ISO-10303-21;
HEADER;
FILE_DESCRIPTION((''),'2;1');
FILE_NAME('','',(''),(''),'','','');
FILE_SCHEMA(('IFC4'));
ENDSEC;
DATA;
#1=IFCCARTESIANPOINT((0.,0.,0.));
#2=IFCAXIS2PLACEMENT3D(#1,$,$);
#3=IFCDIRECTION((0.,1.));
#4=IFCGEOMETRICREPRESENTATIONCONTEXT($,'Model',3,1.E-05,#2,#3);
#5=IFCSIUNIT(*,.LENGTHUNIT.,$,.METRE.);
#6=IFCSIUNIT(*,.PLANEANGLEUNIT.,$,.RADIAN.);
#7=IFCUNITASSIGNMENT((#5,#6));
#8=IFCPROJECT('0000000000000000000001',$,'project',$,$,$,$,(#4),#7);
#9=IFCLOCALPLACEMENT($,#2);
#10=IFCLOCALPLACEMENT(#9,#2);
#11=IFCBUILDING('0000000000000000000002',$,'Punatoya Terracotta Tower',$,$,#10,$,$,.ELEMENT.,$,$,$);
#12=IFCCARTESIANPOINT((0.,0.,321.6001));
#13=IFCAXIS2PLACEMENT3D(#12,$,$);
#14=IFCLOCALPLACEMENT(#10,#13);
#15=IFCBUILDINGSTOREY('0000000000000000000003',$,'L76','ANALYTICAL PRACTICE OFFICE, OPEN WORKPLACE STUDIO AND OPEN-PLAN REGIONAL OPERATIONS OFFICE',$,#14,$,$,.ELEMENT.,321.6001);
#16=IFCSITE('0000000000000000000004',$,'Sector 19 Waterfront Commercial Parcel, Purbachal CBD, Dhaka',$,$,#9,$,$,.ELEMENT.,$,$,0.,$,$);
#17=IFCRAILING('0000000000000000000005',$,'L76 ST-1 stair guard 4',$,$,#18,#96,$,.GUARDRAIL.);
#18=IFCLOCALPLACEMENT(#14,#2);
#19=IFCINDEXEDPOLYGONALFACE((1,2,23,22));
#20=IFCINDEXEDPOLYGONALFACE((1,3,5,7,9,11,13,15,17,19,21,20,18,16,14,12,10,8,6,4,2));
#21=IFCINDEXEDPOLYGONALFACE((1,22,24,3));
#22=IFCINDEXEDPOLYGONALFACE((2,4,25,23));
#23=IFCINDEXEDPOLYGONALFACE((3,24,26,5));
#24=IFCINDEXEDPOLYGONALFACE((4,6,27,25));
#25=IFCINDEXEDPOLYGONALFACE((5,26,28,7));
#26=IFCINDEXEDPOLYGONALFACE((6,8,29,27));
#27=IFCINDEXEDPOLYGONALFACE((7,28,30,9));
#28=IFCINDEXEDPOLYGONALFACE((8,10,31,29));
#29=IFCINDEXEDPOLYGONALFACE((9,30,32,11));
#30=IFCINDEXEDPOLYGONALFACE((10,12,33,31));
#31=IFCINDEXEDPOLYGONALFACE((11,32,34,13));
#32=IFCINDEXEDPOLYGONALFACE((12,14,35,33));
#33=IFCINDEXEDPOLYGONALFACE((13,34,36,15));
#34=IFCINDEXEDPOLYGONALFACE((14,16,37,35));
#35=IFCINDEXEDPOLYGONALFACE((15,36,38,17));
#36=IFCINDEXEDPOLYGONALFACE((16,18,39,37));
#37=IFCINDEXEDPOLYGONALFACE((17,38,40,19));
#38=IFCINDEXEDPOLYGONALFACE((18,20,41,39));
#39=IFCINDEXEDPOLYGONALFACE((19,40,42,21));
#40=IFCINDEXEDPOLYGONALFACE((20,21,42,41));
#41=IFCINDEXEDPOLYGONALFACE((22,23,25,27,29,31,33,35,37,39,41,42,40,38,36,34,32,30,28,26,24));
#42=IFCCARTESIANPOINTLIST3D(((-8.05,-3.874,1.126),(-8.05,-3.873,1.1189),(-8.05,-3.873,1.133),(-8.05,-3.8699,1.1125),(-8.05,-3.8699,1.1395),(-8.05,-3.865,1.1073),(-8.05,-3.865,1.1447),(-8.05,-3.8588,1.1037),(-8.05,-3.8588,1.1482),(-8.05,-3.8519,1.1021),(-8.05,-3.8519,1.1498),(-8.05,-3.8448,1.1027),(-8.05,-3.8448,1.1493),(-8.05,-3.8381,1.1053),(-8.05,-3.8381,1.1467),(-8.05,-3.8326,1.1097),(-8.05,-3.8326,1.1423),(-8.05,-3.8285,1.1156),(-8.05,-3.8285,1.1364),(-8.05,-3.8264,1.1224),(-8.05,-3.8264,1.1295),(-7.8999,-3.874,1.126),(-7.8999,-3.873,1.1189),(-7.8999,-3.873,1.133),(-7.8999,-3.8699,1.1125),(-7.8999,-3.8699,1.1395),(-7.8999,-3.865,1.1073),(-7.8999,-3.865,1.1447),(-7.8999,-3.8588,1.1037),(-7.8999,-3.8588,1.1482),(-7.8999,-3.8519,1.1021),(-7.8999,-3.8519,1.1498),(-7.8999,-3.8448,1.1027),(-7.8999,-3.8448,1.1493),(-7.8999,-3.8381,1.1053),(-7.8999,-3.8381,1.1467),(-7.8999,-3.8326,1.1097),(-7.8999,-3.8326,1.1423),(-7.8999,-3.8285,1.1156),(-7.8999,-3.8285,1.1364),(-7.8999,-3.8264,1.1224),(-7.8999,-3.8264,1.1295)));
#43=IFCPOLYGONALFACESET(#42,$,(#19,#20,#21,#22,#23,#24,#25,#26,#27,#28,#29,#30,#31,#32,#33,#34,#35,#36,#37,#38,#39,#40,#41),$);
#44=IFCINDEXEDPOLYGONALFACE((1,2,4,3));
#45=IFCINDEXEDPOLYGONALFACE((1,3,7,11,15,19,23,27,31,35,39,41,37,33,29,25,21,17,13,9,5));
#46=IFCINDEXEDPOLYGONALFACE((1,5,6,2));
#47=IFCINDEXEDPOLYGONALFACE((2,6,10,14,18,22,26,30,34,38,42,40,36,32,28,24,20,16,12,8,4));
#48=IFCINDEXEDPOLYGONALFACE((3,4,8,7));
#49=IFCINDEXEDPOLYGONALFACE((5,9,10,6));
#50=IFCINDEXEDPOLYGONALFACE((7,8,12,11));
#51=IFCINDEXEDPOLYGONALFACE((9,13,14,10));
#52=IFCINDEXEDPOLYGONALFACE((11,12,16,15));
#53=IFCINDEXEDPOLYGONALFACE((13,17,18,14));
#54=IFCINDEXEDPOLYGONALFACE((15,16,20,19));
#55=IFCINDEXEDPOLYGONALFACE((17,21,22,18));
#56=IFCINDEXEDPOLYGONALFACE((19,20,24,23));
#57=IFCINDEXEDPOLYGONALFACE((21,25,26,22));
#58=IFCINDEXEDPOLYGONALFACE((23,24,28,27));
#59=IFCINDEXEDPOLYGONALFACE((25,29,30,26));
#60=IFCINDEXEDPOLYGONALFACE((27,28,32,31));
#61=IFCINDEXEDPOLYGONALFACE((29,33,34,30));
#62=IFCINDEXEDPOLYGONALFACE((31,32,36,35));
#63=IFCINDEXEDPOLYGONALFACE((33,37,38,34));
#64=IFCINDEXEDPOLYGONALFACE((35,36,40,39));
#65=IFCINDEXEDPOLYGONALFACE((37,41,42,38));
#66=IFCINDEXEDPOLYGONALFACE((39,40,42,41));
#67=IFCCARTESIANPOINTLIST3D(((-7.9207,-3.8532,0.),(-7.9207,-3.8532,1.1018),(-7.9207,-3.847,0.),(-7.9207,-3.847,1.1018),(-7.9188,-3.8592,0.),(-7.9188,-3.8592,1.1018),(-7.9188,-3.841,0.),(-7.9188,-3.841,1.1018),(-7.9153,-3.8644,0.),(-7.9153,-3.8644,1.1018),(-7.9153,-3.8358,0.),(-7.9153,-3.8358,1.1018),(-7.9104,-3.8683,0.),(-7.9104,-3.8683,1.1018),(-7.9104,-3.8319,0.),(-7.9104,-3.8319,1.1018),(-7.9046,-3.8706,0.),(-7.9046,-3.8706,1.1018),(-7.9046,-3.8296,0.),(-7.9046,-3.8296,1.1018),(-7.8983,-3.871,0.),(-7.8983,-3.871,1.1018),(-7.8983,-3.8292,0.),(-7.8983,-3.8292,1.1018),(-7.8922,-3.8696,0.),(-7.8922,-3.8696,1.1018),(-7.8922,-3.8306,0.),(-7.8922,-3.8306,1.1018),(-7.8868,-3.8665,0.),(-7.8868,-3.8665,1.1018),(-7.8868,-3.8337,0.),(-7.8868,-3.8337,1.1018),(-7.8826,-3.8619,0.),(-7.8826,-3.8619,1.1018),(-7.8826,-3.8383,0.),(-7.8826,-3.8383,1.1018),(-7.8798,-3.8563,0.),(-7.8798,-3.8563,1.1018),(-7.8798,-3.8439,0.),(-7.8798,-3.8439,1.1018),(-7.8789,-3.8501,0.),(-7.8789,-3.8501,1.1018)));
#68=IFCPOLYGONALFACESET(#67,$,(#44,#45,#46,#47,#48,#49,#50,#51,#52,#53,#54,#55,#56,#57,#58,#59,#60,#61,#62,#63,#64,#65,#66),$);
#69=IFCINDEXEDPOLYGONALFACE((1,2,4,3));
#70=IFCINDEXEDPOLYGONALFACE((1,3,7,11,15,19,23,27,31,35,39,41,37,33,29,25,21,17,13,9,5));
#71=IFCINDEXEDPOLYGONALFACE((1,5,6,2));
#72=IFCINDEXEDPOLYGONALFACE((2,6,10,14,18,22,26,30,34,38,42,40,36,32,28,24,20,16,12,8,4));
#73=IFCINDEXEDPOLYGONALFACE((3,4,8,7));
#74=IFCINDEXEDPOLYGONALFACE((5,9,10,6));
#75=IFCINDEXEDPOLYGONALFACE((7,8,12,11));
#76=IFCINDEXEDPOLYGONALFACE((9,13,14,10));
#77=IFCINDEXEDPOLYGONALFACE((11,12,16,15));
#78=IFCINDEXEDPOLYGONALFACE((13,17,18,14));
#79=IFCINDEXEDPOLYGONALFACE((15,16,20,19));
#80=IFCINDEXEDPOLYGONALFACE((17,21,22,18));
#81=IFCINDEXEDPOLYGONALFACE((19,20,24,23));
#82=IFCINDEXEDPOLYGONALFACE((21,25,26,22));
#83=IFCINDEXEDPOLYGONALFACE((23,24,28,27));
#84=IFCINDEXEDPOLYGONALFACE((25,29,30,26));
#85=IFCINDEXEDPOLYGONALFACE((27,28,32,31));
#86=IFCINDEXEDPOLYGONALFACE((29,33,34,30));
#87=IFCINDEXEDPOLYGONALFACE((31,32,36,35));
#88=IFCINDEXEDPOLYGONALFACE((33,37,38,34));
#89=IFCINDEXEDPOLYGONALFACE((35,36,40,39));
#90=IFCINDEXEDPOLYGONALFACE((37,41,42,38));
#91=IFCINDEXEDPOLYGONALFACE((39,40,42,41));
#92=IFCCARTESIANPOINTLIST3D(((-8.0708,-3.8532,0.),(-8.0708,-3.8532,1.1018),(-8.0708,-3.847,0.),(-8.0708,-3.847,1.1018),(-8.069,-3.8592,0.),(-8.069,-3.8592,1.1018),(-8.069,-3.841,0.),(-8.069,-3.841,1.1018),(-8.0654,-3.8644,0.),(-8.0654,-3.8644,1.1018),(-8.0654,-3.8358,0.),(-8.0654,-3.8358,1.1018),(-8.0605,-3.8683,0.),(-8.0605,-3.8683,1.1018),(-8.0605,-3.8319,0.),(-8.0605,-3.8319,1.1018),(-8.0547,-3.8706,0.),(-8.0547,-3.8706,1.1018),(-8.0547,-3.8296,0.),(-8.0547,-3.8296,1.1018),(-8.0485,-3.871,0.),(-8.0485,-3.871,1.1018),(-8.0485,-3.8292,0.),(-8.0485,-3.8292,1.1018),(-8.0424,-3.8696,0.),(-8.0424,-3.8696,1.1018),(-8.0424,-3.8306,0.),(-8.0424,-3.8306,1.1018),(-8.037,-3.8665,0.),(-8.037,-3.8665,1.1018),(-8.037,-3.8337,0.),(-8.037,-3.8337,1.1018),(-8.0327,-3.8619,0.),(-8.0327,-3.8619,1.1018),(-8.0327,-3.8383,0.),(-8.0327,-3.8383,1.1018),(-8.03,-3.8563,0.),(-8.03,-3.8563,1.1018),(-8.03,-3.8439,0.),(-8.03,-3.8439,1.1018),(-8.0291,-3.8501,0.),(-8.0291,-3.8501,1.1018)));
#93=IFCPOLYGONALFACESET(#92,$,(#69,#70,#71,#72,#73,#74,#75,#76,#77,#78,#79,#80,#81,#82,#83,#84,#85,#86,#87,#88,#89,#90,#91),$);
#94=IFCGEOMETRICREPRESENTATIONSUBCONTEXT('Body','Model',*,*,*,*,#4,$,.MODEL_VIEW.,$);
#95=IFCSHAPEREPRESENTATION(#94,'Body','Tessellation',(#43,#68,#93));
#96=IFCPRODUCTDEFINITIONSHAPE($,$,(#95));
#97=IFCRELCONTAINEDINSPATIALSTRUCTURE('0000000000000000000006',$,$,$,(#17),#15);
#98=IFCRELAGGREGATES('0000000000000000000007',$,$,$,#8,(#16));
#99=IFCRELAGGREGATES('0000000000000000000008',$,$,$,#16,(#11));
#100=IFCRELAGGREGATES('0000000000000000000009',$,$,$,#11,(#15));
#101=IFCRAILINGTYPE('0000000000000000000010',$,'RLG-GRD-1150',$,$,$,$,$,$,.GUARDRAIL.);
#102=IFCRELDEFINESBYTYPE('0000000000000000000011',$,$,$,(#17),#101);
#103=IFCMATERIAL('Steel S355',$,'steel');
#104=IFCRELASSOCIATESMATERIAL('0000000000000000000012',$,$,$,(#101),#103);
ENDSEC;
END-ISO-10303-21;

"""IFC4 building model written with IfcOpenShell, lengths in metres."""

from ifc_helpers import new_model, si_unit, direction, frame, origin, origin_2d, place, context, subcontext, project, spatial, circle, extrude, material, type_object, element, save


model = new_model("IFC4")

# Units and contexts
model_context = context("Model", 3, precision=1e-05, world=origin(), true_north=direction((0.0, 1.0)))
body_context = subcontext(model_context, "Body", "Model", "MODEL_VIEW")
ifc_project = project(units=[si_unit("LENGTHUNIT", "METRE"), si_unit("PLANEANGLEUNIT", "RADIAN")], contexts=[model_context])

# Site, building, storey
site_placement = place(None, origin())
site = spatial("IfcSite", under=ifc_project, at=site_placement, Name="Sector 19 Waterfront Commercial Parcel, Purbachal CBD, Dhaka", CompositionType="ELEMENT", RefElevation=0.0)
building_placement = place(site_placement, origin())
building = spatial("IfcBuilding", under=site, at=building_placement, Name="Punatoya Terracotta Tower", CompositionType="ELEMENT")
storey_placement = place(building_placement, frame((0.0, 0.0, 321.6001)))
storey = spatial("IfcBuildingStorey", under=building, at=storey_placement, Name="L76", Description="ANALYTICAL PRACTICE OFFICE, OPEN WORKPLACE STUDIO AND OPEN-PLAN REGIONAL OPERATIONS OFFICE", CompositionType="ELEMENT", Elevation=321.6001)

# Shared definitions
ifc_material_1 = material(Name="Steel S355", Category="steel")

# Railing
railing_type_1 = type_object("IfcRailingType", Name="RLG-GRD-1150", PredefinedType="GUARDRAIL", material=ifc_material_1)
railing_1_placement = place(storey_placement, frame((-7.8999, -3.8501, 0.0)))
element("IfcRailing", 1, at=railing_1_placement, inside=storey, type_object=railing_type_1, Name="L76 ST-1 stair guard 4", PredefinedType="GUARDRAIL", context=body_context, shape_type="SweptSolid", body=[
    extrude(circle(Radius=0.0239, at=origin_2d()), frame((0.0, 0.0, 1.126), z_axis=(-1.0, 0.0, 0.0), x_axis=(0.0, -1.0, 0.0)), (0.0, 0.0, 1.0), 0.1501),
    extrude(circle(Radius=0.021, at=origin_2d()), origin(), (0.0, 0.0, 1.0), 1.1018),
    extrude(circle(Radius=0.021, at=origin_2d()), frame((-0.1501, 0.0, 0.0)), (0.0, 0.0, 1.0), 1.1018),
])

save(model, "model.ifc")
